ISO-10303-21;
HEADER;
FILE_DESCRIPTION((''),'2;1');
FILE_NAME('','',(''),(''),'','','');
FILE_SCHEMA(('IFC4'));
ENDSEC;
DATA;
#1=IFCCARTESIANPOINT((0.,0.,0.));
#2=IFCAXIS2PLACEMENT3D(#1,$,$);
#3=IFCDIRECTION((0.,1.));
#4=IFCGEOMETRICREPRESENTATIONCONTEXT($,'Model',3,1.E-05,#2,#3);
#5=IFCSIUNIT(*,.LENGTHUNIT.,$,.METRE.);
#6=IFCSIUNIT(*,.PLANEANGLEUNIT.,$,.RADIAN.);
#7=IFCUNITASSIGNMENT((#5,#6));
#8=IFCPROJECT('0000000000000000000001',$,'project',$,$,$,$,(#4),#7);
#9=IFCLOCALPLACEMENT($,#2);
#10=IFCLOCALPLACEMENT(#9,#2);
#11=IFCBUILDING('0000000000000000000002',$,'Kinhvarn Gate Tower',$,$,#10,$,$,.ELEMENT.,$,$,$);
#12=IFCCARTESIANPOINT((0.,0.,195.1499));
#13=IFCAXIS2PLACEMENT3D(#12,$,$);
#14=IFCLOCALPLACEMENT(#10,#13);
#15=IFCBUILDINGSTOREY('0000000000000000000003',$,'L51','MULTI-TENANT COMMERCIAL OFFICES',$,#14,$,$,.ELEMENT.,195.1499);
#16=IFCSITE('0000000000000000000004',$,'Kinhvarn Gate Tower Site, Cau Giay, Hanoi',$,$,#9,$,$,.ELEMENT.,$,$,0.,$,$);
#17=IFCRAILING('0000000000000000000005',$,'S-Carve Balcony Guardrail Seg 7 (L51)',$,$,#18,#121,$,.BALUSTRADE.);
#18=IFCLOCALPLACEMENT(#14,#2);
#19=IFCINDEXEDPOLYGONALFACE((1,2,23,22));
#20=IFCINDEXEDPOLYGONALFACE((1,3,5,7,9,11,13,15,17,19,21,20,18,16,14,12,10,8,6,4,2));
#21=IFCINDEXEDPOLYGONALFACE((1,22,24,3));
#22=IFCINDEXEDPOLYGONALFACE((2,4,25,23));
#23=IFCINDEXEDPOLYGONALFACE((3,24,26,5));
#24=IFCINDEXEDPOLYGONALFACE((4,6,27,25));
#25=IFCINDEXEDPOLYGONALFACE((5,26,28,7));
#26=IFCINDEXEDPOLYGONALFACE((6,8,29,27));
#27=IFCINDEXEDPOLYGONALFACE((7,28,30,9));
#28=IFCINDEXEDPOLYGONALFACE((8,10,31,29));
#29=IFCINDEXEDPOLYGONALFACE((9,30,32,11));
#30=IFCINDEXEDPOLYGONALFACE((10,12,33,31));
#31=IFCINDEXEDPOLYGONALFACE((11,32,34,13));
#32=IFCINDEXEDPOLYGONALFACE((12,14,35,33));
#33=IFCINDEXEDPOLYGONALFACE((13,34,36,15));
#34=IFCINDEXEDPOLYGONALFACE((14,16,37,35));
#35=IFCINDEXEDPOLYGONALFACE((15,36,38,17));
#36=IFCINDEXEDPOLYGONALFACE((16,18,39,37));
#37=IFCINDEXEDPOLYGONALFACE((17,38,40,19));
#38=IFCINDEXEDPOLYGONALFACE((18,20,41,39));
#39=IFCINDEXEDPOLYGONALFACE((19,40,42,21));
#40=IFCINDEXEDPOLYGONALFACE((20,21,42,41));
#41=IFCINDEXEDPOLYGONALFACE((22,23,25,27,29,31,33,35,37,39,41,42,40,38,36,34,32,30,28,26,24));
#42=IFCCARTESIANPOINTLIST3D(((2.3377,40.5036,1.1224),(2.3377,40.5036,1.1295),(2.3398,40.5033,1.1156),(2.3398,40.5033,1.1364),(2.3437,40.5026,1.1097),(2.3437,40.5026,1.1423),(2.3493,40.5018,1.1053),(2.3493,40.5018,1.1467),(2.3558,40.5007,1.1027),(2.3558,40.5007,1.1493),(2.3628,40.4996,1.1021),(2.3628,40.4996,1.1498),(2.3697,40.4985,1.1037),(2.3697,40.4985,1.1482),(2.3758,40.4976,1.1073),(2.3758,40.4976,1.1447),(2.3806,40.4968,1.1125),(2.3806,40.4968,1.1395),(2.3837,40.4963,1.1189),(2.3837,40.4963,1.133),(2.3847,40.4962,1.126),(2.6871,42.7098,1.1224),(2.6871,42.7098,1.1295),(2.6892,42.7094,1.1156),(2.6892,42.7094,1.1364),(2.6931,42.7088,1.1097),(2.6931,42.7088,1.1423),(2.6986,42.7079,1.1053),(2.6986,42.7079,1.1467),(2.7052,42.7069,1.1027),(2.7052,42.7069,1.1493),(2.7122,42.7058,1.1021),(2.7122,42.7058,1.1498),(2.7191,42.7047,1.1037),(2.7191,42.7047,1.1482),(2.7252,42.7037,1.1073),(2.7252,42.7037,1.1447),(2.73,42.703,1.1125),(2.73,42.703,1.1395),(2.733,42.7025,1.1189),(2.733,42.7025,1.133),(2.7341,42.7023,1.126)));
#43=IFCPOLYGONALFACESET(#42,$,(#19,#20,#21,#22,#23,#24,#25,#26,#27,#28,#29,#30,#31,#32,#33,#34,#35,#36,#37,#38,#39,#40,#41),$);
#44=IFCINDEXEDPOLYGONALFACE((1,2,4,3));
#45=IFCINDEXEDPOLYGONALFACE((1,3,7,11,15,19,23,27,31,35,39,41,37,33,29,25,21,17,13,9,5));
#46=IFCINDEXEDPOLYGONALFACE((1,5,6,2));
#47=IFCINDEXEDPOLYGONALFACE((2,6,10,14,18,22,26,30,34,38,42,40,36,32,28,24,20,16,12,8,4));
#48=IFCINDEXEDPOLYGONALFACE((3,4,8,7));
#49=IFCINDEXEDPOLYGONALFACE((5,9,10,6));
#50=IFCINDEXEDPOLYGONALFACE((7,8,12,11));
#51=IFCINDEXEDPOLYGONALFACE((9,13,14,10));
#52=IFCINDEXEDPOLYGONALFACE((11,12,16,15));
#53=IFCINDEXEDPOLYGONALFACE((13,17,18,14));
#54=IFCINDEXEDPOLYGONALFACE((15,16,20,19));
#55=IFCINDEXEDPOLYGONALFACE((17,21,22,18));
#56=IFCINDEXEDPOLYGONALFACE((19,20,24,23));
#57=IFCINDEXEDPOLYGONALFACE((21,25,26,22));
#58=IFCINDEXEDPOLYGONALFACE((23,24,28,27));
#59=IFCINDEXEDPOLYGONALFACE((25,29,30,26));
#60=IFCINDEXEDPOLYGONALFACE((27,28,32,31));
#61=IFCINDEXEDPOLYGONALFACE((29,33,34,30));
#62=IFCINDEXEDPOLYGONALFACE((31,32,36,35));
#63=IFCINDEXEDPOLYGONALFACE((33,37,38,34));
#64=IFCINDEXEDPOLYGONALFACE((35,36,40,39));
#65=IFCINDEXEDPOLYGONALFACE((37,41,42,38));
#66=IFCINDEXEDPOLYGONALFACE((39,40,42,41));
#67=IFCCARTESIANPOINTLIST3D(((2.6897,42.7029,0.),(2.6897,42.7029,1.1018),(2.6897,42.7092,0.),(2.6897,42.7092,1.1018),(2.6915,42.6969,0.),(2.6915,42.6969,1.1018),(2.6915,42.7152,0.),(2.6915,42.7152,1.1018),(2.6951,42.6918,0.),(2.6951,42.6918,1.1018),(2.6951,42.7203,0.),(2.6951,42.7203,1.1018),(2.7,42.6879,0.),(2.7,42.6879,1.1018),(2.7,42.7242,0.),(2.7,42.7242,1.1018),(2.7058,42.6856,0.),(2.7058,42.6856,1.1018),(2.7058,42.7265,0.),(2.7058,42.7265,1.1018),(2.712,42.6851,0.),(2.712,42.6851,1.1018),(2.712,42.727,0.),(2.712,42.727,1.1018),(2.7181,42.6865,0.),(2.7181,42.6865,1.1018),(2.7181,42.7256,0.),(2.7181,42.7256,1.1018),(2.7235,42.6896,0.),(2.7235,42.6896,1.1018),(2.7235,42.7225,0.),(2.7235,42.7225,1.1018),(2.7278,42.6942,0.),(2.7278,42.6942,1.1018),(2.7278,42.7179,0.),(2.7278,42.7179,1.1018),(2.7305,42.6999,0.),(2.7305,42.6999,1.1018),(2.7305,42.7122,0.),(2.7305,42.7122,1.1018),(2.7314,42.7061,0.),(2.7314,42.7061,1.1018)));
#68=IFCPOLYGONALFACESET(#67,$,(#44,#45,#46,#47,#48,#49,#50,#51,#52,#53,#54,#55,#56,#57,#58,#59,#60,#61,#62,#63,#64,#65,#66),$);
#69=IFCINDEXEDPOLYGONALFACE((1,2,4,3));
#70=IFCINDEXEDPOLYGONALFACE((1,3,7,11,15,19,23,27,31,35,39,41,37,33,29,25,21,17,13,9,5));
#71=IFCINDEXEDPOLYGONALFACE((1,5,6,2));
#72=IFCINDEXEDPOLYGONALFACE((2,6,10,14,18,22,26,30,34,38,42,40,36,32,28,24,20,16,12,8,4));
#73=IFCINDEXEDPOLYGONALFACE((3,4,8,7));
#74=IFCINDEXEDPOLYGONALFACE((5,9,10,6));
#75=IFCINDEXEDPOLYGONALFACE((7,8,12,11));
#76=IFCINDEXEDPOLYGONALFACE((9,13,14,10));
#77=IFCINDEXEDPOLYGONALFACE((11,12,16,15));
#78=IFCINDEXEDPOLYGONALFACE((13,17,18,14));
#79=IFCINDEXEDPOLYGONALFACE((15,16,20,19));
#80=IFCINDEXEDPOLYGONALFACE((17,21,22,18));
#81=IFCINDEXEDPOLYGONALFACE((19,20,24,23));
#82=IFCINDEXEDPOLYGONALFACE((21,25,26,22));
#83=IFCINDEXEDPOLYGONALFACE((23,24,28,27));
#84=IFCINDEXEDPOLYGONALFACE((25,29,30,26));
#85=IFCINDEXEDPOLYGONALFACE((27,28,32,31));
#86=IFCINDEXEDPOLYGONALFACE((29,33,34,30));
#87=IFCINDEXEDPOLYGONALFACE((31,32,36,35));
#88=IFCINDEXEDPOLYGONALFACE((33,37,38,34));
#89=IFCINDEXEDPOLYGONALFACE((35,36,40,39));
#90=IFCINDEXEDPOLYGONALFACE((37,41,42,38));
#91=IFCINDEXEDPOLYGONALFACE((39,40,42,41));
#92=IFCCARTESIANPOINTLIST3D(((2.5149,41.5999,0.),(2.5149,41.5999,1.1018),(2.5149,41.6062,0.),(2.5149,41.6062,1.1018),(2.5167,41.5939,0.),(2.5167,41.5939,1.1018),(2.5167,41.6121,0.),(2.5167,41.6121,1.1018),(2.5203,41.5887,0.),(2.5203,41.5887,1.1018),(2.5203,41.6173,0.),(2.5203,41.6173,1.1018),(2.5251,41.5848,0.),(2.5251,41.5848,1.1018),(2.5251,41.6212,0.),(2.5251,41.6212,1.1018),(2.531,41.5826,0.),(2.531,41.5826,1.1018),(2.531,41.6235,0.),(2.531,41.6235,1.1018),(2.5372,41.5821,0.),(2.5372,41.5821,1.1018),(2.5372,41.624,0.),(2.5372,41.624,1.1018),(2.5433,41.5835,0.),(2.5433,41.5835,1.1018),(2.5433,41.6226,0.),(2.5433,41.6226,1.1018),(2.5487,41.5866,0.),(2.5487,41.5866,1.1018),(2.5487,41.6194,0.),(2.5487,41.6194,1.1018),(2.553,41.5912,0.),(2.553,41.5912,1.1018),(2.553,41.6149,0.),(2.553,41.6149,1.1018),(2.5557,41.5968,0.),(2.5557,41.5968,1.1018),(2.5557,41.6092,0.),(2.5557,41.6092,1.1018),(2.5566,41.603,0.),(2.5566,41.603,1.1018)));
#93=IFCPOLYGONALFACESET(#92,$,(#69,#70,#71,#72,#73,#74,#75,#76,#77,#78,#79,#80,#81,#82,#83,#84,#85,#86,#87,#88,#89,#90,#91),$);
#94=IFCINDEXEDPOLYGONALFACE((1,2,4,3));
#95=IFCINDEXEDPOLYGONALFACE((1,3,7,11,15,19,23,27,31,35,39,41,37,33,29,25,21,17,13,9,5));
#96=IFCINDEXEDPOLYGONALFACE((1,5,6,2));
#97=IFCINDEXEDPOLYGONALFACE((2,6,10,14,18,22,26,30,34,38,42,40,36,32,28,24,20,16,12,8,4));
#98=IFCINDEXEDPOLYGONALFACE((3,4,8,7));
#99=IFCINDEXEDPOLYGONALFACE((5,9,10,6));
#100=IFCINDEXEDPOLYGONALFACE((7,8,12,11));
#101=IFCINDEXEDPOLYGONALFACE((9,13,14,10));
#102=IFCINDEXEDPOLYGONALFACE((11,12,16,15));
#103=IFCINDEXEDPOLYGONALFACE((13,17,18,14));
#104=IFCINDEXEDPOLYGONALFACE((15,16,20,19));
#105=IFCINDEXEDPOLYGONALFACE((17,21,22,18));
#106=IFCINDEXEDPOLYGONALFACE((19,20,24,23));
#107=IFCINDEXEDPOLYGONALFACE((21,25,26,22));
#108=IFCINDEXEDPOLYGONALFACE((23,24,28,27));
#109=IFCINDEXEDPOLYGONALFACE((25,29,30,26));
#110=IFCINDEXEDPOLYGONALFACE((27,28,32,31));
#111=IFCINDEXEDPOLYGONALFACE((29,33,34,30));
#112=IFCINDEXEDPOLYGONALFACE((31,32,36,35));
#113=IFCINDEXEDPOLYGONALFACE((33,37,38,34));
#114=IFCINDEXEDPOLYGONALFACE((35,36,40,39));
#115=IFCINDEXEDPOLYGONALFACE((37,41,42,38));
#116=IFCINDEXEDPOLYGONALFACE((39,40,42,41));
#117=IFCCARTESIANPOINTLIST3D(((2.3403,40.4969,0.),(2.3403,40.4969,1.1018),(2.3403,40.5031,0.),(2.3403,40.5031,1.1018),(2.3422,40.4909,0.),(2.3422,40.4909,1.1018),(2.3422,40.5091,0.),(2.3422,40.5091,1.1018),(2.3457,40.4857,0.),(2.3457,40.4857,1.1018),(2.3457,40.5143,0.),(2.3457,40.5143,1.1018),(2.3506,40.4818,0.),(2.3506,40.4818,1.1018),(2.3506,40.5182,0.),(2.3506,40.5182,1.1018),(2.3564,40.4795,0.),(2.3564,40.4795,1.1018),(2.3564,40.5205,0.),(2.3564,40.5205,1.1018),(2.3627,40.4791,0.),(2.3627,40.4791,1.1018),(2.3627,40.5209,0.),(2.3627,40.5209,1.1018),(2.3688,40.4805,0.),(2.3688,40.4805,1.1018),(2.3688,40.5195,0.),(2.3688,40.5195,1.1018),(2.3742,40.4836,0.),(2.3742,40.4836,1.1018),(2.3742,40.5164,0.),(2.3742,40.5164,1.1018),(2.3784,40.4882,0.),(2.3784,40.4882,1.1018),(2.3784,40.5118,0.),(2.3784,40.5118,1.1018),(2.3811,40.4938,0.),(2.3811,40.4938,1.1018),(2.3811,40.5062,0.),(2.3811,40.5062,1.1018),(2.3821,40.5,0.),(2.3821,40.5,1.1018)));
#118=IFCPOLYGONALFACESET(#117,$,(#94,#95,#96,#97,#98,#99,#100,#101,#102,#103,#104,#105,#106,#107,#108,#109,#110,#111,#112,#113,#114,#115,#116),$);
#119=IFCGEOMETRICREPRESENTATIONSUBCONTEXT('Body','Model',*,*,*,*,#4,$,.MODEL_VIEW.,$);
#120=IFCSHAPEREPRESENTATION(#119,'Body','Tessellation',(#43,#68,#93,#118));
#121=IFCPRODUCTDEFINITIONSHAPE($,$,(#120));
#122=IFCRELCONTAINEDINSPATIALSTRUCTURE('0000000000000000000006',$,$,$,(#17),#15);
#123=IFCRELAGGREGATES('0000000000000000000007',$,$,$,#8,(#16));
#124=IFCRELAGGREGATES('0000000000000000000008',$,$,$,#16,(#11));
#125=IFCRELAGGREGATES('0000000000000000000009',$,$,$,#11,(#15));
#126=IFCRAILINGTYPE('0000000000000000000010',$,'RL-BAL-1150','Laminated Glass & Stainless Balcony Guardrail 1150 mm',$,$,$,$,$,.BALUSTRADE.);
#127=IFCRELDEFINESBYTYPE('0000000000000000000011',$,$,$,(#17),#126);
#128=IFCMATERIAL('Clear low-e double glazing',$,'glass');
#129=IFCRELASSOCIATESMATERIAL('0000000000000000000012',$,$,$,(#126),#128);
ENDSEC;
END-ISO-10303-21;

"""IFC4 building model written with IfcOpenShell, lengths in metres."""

from ifc_helpers import new_model, si_unit, direction, frame, origin, origin_2d, place, context, subcontext, project, spatial, circle, extrude, material, type_object, element, save


model = new_model("IFC4")

# Units and contexts
model_context = context("Model", 3, precision=1e-05, world=origin(), true_north=direction((0.0, 1.0)))
body_context = subcontext(model_context, "Body", "Model", "MODEL_VIEW")
ifc_project = project(units=[si_unit("LENGTHUNIT", "METRE"), si_unit("PLANEANGLEUNIT", "RADIAN")], contexts=[model_context])

# Site, building, storey
site_placement = place(None, origin())
site = spatial("IfcSite", under=ifc_project, at=site_placement, Name="Kinhvarn Gate Tower Site, Cau Giay, Hanoi", CompositionType="ELEMENT", RefElevation=0.0)
building_placement = place(site_placement, origin())
building = spatial("IfcBuilding", under=site, at=building_placement, Name="Kinhvarn Gate Tower", CompositionType="ELEMENT")
storey_placement = place(building_placement, frame((0.0, 0.0, 195.1499)))
storey = spatial("IfcBuildingStorey", under=building, at=storey_placement, Name="L51", Description="MULTI-TENANT COMMERCIAL OFFICES", CompositionType="ELEMENT", Elevation=195.1499)

# Shared definitions
ifc_material_1 = material(Name="Clear low-e double glazing", Category="glass")

# Railing
railing_type = type_object("IfcRailingType", Name="RL-BAL-1150", Description="Laminated Glass & Stainless Balcony Guardrail 1150 mm", PredefinedType="BALUSTRADE", material=ifc_material_1)
railing_1_placement = place(storey_placement, frame((2.7104, 42.7061, 0.0)))
element("IfcRailing", 1, at=railing_1_placement, inside=storey, type_object=railing_type, Name="S-Carve Balcony Guardrail Seg 7 (L51)", PredefinedType="BALUSTRADE", context=body_context, shape_type="SweptSolid", body=[
    extrude(circle(Radius=0.0239, at=origin_2d()), frame((0.0, 0.0, 1.126), z_axis=(-0.156417, -0.987691, 0.0), x_axis=(0.987691, -0.156417, 0.0)), (0.0, 0.0, 1.0), 2.2336),
    extrude(circle(Radius=0.021, at=origin_2d()), origin(), (0.0, 0.0, 1.0), 1.1018),
    extrude(circle(Radius=0.021, at=origin_2d()), frame((-0.1748, -1.103, 0.0)), (0.0, 0.0, 1.0), 1.1018),
    extrude(circle(Radius=0.021, at=origin_2d()), frame((-0.3494, -2.2061, 0.0)), (0.0, 0.0, 1.0), 1.1018),
])

save(model, "model.ifc")
